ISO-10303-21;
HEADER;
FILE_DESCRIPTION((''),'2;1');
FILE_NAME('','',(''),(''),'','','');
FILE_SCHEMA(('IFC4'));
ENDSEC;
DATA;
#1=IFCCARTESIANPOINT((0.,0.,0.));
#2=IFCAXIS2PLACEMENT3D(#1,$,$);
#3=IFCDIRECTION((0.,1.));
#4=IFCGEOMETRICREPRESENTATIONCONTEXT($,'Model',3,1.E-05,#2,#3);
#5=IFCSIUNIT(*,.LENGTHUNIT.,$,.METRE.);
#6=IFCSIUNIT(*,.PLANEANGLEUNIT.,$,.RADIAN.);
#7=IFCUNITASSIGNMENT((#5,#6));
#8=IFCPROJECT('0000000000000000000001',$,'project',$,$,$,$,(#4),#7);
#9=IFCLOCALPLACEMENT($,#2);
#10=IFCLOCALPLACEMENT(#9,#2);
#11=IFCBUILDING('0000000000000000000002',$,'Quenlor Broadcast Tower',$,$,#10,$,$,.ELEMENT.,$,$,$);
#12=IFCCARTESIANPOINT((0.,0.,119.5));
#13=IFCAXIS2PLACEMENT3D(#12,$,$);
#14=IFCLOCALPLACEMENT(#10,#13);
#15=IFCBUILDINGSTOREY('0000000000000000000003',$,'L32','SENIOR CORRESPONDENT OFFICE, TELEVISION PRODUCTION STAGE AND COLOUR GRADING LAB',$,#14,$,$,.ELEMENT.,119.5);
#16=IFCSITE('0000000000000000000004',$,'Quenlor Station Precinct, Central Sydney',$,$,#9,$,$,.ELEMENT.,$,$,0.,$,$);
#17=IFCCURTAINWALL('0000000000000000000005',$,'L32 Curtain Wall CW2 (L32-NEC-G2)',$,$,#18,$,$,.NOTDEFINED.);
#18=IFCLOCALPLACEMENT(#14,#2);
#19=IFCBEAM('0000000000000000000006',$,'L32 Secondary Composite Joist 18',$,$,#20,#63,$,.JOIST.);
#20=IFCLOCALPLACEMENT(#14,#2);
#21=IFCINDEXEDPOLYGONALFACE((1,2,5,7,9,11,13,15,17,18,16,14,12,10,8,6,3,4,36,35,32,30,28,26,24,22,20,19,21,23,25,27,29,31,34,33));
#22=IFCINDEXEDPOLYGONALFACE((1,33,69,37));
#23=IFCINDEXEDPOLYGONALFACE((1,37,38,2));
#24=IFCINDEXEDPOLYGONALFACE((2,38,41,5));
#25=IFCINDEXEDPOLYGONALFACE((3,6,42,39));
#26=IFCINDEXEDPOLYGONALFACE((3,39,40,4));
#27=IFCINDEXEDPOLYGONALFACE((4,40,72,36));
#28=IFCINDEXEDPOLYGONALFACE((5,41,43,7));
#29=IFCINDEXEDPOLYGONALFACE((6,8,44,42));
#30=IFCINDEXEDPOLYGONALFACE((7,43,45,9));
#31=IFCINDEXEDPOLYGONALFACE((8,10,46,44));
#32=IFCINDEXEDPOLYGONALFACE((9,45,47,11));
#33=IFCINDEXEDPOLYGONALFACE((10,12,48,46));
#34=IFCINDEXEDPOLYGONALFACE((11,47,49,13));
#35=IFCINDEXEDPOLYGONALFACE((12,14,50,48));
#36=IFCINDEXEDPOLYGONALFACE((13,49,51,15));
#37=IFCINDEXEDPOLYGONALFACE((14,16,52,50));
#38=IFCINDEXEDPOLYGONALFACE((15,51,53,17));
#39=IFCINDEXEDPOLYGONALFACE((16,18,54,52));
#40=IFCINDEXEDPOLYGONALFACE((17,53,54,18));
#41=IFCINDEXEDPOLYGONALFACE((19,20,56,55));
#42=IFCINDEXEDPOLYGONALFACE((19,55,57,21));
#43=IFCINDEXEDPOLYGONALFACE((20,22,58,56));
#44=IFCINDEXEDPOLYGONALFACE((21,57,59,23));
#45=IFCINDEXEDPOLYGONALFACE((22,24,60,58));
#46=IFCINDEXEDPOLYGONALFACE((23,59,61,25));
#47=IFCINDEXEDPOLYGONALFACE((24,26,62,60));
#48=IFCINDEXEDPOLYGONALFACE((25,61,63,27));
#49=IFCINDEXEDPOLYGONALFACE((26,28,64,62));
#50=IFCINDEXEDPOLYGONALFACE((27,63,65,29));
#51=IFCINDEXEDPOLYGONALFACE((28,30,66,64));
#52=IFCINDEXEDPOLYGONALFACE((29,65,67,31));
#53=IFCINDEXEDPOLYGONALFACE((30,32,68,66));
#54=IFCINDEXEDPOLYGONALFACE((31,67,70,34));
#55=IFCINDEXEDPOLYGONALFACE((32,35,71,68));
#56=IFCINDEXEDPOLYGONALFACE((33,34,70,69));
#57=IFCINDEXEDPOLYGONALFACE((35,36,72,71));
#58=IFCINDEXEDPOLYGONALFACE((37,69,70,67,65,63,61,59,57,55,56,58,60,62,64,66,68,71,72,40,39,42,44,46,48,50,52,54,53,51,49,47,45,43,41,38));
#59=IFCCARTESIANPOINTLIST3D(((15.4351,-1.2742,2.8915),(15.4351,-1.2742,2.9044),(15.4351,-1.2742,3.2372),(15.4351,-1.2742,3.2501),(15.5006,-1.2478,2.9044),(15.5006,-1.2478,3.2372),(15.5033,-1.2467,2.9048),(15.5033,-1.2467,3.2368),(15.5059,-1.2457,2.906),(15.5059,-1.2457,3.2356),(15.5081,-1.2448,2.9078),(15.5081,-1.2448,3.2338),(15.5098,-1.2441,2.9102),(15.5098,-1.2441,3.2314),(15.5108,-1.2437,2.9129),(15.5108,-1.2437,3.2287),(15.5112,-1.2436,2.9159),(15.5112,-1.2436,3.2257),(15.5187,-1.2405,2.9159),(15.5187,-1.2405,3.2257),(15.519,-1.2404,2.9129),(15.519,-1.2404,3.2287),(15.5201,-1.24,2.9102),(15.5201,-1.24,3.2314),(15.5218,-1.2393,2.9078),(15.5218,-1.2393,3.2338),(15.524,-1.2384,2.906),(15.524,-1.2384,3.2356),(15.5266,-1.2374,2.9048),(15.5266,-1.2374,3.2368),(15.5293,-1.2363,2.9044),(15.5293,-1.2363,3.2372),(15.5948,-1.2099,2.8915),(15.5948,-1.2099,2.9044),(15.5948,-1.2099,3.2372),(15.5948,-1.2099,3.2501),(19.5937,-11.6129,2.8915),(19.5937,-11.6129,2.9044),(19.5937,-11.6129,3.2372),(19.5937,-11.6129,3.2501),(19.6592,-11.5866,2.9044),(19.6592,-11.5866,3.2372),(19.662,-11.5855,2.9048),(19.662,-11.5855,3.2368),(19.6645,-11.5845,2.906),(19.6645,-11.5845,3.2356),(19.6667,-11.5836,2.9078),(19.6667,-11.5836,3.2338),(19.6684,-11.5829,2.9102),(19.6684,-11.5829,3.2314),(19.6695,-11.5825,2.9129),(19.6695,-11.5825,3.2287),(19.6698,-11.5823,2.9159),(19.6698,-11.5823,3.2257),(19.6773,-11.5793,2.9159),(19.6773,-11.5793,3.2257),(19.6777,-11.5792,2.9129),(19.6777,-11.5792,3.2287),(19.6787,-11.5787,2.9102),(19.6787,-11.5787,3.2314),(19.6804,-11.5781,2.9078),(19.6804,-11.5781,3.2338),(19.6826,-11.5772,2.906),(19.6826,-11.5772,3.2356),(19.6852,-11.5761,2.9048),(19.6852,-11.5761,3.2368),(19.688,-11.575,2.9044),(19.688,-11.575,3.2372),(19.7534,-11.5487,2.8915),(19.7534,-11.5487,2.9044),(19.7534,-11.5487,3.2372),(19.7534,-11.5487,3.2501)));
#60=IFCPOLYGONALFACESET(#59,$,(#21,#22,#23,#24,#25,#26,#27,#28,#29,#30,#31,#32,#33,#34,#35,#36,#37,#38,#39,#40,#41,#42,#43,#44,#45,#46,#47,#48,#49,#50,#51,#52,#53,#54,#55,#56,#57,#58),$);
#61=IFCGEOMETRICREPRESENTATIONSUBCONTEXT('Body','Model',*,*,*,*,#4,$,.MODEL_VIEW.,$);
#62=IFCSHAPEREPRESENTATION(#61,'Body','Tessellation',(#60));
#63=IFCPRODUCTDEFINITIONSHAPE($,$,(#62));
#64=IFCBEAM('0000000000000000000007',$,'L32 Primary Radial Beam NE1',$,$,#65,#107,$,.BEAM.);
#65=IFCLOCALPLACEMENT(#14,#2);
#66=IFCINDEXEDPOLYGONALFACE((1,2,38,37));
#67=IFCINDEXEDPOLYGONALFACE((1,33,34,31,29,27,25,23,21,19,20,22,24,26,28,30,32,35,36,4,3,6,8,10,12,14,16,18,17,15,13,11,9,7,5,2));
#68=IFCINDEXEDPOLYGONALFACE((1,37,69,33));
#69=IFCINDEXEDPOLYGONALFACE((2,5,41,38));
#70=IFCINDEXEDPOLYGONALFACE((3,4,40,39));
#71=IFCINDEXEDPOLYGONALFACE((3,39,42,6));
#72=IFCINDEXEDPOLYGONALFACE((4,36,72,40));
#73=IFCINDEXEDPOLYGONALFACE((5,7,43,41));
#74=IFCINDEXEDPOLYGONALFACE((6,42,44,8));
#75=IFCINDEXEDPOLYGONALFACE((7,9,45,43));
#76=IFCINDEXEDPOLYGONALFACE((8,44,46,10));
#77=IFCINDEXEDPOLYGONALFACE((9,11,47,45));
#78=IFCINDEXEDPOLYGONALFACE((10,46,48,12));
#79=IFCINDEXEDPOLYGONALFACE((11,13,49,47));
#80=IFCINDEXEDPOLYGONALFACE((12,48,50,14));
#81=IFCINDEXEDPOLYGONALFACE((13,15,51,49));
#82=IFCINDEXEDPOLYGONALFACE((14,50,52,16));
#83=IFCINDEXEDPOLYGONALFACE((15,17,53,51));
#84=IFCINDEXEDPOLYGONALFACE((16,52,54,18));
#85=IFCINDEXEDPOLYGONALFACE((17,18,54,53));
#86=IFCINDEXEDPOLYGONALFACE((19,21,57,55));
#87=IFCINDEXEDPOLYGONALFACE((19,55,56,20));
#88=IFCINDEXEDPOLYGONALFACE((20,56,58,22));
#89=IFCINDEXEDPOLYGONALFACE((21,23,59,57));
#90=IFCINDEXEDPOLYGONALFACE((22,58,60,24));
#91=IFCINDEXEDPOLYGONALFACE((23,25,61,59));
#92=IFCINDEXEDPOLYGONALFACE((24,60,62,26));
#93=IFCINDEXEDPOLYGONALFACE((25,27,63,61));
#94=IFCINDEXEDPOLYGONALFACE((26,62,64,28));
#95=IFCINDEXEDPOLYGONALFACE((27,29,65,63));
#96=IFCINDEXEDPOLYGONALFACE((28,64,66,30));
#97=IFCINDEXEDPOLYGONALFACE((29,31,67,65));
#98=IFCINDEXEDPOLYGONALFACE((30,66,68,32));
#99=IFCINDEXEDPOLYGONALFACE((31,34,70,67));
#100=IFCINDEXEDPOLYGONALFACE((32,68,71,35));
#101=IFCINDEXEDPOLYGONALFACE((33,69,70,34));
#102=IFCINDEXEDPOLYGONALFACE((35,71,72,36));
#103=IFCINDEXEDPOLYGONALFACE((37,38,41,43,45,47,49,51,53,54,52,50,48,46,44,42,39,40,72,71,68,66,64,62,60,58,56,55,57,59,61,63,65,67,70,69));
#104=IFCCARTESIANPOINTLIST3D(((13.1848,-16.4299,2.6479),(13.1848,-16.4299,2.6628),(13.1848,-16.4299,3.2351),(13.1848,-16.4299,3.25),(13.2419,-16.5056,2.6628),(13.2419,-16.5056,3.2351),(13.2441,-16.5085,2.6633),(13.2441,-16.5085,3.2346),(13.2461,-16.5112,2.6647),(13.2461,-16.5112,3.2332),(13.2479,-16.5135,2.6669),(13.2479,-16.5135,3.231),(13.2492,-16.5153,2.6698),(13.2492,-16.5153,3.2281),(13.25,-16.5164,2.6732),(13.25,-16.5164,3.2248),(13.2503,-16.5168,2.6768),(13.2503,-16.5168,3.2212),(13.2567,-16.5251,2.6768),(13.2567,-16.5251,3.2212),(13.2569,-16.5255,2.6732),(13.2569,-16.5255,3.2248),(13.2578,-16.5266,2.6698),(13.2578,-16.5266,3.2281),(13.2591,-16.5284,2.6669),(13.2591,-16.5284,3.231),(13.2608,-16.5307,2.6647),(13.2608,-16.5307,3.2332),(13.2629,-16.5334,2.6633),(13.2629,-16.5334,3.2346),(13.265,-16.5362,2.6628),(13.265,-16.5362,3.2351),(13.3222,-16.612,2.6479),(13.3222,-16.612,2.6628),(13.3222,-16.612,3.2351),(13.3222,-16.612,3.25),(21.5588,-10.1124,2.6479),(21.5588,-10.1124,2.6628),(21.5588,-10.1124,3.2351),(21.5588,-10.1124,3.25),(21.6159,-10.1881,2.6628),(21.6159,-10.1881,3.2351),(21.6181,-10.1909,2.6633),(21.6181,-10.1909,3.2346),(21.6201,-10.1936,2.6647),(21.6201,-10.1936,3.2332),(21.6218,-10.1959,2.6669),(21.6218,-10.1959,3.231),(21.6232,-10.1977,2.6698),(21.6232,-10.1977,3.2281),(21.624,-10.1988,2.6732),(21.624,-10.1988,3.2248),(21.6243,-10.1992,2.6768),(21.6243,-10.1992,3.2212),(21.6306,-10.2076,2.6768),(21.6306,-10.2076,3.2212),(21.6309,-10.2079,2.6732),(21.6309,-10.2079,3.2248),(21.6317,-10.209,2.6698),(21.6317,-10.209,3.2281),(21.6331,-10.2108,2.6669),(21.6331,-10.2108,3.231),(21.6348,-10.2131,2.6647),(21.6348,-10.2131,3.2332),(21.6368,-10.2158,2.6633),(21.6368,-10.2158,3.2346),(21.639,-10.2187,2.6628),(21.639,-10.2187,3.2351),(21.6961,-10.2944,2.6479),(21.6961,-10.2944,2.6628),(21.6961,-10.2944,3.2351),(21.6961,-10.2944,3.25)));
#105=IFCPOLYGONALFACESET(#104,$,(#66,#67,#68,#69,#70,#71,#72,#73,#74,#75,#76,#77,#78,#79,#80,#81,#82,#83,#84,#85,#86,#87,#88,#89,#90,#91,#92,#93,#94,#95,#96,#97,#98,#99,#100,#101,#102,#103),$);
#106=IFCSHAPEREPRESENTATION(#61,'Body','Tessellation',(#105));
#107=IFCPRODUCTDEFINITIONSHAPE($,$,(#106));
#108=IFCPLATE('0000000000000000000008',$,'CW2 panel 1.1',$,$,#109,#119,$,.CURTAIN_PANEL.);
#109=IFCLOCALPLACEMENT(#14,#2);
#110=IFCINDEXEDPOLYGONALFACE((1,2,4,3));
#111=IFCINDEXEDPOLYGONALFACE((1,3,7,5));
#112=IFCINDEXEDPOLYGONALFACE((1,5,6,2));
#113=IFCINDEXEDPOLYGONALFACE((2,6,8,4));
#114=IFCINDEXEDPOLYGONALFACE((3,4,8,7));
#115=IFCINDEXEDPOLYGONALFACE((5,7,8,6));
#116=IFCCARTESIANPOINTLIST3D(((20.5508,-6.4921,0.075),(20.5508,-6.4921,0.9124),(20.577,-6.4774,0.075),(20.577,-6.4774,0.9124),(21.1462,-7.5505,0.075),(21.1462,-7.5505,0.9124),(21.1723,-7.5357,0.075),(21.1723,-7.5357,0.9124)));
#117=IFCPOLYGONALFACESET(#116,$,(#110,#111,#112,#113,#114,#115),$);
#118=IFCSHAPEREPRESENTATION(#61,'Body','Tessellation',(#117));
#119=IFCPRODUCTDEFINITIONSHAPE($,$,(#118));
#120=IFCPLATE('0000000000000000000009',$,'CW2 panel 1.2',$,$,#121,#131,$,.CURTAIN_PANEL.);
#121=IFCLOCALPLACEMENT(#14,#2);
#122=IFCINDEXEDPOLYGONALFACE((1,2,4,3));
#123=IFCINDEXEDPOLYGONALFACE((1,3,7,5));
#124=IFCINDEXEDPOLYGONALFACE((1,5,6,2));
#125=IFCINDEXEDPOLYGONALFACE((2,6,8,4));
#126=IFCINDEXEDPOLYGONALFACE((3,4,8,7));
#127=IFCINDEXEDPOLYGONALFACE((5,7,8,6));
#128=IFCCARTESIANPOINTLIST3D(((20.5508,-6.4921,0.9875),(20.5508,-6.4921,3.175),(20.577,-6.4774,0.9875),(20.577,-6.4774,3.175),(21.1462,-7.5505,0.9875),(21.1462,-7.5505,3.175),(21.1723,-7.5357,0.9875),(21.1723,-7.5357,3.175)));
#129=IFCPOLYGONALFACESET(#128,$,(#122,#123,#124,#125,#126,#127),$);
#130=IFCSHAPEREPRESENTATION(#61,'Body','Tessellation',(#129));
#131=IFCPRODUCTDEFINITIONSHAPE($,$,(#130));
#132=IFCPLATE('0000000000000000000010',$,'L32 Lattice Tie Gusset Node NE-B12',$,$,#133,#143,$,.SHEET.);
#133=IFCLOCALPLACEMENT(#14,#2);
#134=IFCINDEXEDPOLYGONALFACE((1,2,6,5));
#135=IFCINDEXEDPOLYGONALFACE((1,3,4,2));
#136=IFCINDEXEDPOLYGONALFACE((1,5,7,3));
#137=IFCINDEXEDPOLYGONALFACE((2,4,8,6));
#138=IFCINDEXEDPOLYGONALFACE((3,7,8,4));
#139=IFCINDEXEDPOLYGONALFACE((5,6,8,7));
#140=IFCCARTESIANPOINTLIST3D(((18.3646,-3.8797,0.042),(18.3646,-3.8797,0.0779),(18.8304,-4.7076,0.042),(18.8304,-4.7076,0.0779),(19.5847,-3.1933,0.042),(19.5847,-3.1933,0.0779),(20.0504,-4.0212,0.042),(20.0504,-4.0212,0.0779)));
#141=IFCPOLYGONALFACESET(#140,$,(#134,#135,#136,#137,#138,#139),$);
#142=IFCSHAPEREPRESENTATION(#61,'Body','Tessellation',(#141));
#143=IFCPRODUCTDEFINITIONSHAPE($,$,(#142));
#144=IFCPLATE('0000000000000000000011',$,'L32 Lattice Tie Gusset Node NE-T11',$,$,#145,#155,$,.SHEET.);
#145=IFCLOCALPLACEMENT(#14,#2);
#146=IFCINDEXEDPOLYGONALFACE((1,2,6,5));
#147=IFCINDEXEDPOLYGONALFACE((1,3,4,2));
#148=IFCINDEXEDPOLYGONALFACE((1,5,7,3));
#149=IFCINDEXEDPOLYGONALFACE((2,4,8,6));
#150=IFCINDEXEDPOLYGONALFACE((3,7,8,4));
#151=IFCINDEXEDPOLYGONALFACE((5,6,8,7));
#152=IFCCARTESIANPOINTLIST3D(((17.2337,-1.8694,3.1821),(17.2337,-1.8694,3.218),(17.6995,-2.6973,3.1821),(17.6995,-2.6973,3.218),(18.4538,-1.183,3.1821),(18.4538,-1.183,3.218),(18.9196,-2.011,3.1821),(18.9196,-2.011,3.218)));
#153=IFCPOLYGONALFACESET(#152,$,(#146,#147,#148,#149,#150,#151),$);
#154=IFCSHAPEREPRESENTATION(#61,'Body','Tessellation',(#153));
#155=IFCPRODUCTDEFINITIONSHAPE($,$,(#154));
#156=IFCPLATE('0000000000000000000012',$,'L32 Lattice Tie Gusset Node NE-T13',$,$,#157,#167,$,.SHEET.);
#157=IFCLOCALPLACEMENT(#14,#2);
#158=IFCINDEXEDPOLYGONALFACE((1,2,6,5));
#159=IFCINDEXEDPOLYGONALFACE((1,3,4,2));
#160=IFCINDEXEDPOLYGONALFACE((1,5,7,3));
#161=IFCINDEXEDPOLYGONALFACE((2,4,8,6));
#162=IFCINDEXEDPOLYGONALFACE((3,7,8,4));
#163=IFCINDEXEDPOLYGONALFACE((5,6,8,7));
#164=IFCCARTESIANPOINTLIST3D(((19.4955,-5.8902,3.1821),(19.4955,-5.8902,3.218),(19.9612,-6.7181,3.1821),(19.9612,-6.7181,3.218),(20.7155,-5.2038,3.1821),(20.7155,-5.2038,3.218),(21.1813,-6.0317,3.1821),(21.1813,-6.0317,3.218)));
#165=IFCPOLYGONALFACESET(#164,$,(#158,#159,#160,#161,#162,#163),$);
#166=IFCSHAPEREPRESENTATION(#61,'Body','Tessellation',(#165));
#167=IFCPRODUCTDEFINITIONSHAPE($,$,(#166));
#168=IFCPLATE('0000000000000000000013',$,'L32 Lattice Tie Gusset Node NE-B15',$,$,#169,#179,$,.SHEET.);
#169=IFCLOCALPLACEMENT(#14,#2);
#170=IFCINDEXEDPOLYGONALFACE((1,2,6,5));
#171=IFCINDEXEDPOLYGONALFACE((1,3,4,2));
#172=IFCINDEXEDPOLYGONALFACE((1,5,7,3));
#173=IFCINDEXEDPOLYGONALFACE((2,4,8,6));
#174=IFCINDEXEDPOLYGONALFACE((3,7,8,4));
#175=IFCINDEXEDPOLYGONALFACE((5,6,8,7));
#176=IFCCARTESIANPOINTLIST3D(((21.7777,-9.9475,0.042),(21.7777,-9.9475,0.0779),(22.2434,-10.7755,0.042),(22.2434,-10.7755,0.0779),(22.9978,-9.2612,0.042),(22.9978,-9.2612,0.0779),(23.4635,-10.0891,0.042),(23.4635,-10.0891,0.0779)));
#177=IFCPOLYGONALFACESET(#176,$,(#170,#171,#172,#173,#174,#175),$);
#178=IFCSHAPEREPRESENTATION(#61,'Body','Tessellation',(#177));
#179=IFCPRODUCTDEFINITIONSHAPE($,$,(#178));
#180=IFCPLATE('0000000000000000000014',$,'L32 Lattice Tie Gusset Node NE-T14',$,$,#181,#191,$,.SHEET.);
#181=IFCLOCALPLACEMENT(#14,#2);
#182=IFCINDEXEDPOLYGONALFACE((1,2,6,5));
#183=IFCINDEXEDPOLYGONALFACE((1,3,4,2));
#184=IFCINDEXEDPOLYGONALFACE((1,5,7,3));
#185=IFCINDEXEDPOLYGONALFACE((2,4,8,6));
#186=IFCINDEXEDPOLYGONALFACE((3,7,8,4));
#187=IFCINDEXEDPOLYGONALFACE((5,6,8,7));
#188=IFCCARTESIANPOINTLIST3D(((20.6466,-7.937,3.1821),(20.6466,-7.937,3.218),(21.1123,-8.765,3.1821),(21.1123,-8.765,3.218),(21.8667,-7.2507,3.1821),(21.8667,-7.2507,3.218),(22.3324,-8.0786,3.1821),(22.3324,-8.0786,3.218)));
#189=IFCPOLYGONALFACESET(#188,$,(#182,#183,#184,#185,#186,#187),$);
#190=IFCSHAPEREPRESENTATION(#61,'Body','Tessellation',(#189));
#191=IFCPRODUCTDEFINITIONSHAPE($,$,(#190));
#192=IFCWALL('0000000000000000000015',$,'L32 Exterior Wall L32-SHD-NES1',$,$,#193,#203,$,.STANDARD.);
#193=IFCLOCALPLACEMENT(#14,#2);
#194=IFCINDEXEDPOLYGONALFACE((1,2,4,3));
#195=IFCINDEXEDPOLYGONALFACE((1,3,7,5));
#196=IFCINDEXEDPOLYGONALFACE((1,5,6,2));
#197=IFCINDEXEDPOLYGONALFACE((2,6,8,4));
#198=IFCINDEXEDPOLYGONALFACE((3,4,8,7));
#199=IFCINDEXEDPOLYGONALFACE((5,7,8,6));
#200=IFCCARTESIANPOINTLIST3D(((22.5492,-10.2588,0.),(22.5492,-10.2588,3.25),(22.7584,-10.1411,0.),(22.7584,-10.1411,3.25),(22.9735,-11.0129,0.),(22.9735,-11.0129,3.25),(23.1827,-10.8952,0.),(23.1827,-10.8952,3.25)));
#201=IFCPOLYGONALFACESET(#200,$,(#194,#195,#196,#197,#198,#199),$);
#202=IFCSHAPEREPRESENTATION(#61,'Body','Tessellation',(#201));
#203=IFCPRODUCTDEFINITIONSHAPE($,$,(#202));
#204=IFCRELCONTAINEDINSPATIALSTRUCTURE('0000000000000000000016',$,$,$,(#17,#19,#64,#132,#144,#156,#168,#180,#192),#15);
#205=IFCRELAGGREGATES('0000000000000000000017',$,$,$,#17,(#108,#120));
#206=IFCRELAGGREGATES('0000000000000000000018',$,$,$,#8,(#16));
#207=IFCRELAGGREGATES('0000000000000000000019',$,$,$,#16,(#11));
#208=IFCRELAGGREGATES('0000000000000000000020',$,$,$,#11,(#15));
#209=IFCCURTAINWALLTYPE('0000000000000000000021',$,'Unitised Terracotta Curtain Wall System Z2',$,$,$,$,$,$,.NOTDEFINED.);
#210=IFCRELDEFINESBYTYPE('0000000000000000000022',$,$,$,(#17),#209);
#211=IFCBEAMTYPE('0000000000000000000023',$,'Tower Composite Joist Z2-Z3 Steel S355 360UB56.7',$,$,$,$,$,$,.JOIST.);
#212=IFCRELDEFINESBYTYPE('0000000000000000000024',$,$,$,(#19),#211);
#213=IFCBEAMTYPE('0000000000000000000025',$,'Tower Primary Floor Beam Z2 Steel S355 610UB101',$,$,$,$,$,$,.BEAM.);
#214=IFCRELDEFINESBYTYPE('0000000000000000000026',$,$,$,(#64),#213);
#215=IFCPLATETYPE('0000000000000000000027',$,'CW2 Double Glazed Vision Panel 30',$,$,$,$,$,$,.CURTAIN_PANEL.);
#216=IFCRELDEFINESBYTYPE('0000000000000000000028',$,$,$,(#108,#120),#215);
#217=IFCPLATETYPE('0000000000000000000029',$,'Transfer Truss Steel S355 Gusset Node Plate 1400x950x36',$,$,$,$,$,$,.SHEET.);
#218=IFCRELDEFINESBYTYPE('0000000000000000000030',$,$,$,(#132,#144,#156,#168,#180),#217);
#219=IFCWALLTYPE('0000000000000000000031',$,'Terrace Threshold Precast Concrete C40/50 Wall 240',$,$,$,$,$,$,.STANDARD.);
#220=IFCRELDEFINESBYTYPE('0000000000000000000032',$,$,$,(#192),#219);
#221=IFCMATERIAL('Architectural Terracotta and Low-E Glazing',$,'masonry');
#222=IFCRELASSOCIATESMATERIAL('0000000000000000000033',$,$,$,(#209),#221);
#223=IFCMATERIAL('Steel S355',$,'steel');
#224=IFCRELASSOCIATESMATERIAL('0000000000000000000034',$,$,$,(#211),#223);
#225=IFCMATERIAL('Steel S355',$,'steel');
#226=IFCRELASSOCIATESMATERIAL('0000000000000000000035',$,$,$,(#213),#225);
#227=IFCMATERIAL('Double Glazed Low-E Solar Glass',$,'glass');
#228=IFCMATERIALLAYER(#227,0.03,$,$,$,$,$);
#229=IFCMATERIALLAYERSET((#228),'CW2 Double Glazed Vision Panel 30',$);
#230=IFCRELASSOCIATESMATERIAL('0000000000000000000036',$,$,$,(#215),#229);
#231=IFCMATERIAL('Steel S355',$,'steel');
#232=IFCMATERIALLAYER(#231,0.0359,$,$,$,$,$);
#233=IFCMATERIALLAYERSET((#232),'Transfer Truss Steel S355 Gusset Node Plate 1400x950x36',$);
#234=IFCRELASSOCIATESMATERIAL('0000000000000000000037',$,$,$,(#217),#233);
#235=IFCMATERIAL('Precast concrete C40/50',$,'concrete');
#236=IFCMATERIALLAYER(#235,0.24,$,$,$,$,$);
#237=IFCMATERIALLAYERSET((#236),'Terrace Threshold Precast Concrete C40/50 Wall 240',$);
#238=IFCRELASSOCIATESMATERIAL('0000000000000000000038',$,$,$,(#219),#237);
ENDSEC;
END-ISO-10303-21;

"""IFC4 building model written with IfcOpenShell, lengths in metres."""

from ifc_helpers import new_model, si_unit, direction, frame, frame_2d, origin, origin_2d, place, context, subcontext, project, spatial, rectangle, i_section, extrude, material, layer, layer_set, material_profile, profile_set, type_object, element, aggregate, save


model = new_model("IFC4")

# Units and contexts
model_context = context("Model", 3, precision=1e-05, world=origin(), true_north=direction((0.0, 1.0)))
body_context = subcontext(model_context, "Body", "Model", "MODEL_VIEW")
ifc_project = project(units=[si_unit("LENGTHUNIT", "METRE"), si_unit("PLANEANGLEUNIT", "RADIAN")], contexts=[model_context])

# Site, building, storey
site_placement = place(None, origin())
site = spatial("IfcSite", under=ifc_project, at=site_placement, Name="Quenlor Station Precinct, Central Sydney", CompositionType="ELEMENT", RefElevation=0.0)
building_placement = place(site_placement, origin())
building = spatial("IfcBuilding", under=site, at=building_placement, Name="Quenlor Broadcast Tower", CompositionType="ELEMENT")
storey_placement = place(building_placement, frame((0.0, 0.0, 119.5)))
storey = spatial("IfcBuildingStorey", under=building, at=storey_placement, Name="L32", Description="SENIOR CORRESPONDENT OFFICE, TELEVISION PRODUCTION STAGE AND COLOUR GRADING LAB", CompositionType="ELEMENT", Elevation=119.5)

# Shared definitions
ifc_material_1 = material(Name="Architectural Terracotta and Low-E Glazing", Category="masonry")
curtain_wall_type = type_object("IfcCurtainWallType", Name="Unitised Terracotta Curtain Wall System Z2", PredefinedType="NOTDEFINED", material=ifc_material_1)

# Curtain wall
curtain_wall_1_placement = place(storey_placement, origin())
curtain_wall_1 = element("IfcCurtainWall", 1, at=curtain_wall_1_placement, inside=storey, type_object=curtain_wall_type, Name="L32 Curtain Wall CW2 (L32-NEC-G2)", PredefinedType="NOTDEFINED")

# Beams
ifc_material_2 = material(Name="Steel S355", Category="steel")
ifc_material_profile_1 = material_profile(ifc_material_2, i_section(OverallWidth=0.1721, OverallDepth=0.3586, WebThickness=0.0081, FlangeThickness=0.0129, FilletRadius=0.0115, at=origin_2d()))
ifc_profile_set_1 = profile_set([ifc_material_profile_1], Name="Steel S355 360UB56.7")
beam_type_1 = type_object("IfcBeamType", Name="Tower Composite Joist Z2-Z3 Steel S355 360UB56.7", PredefinedType="JOIST", material=ifc_profile_set_1)
beam_1_placement = place(storey_placement, frame((19.6736, -11.5808, 3.0708), z_axis=(-0.37318, 0.927759, 0.0), x_axis=(-0.927759, -0.37318, 0.0)))
element("IfcBeam", 2, at=beam_1_placement, inside=storey, type_object=beam_type_1, Name="L32 Secondary Composite Joist 18", PredefinedType="JOIST", context=body_context, shape_type="SweptSolid", body=[
    extrude(i_section(OverallWidth=0.1721, OverallDepth=0.3586, WebThickness=0.0081, FlangeThickness=0.0129, FilletRadius=0.0115, at=origin_2d()), origin(), (0.0, 0.0, 1.0), 11.1438),
])
ifc_material_3 = material(Name="Steel S355", Category="steel")
ifc_material_profile_2 = material_profile(ifc_material_3, i_section(OverallWidth=0.228, OverallDepth=0.6021, WebThickness=0.0105, FlangeThickness=0.0149, FilletRadius=0.0139, at=origin_2d()))
ifc_profile_set_2 = profile_set([ifc_material_profile_2], Name="Steel S355 610UB101")
beam_type_2 = type_object("IfcBeamType", Name="Tower Primary Floor Beam Z2 Steel S355 610UB101", PredefinedType="BEAM", material=ifc_profile_set_2)
beam_2_placement = place(storey_placement, frame((21.6274, -10.2034, 2.949), z_axis=(-0.798299, -0.602262, 0.0), x_axis=(0.602262, -0.798299, 0.0)))
element("IfcBeam", 3, at=beam_2_placement, inside=storey, type_object=beam_type_2, Name="L32 Primary Radial Beam NE1", PredefinedType="BEAM", context=body_context, shape_type="SweptSolid", body=[
    extrude(i_section(OverallWidth=0.228, OverallDepth=0.6021, WebThickness=0.0105, FlangeThickness=0.0149, FilletRadius=0.0139, at=origin_2d()), origin(), (0.0, 0.0, 1.0), 10.4897),
])

# Plates
ifc_material_4 = material(Name="Double Glazed Low-E Solar Glass", Category="glass")
ifc_layer_1 = layer(ifc_material_4, 0.03)
ifc_layer_set_1 = layer_set([ifc_layer_1], Name="CW2 Double Glazed Vision Panel 30")
plate_type_1 = type_object("IfcPlateType", Name="CW2 Double Glazed Vision Panel 30", PredefinedType="CURTAIN_PANEL", material=ifc_layer_set_1)
plate_1_placement = place(storey_placement, frame((20.8616, -7.0139, 0.075), z_axis=(0.0, 0.0, 1.0), x_axis=(0.490279, -0.871566, 0.0)))
plate_1 = element("IfcPlate", 4, at=plate_1_placement, type_object=plate_type_1, Name="CW2 panel 1.1", PredefinedType="CURTAIN_PANEL", context=body_context, shape_type="SweptSolid", body=[
    extrude(rectangle(XDim=1.2144, YDim=0.03, at=origin_2d()), origin(), (0.0, 0.0, 1.0), 0.8374),
])
plate_2_placement = place(storey_placement, frame((20.8616, -7.0139, 0.9875), z_axis=(0.0, 0.0, 1.0), x_axis=(0.490279, -0.871566, 0.0)))
plate_2 = element("IfcPlate", 5, at=plate_2_placement, type_object=plate_type_1, Name="CW2 panel 1.2", PredefinedType="CURTAIN_PANEL", context=body_context, shape_type="SweptSolid", body=[
    extrude(rectangle(XDim=1.2144, YDim=0.03, at=origin_2d()), origin(), (0.0, 0.0, 1.0), 2.1875),
])
aggregate(curtain_wall_1, [plate_1, plate_2])

# Plates
ifc_material_5 = material(Name="Steel S355", Category="steel")
ifc_layer_2 = layer(ifc_material_5, 0.0359)
ifc_layer_set_2 = layer_set([ifc_layer_2], Name="Transfer Truss Steel S355 Gusset Node Plate 1400x950x36")
plate_type_2 = type_object("IfcPlateType", Name="Transfer Truss Steel S355 Gusset Node Plate 1400x950x36", PredefinedType="SHEET", material=ifc_layer_set_2)
for number, where, z_axis, x_axis, name in (
    (6, (19.2075, -3.9504, 0.042), (0.0, 0.0, 1.0), (0.871556, 0.490295, 0.0), "L32 Lattice Tie Gusset Node NE-B12"),
    (7, (18.0767, -1.9402, 3.1821), (0.0, 0.0, 1.0), (0.871556, 0.490295, 0.0), "L32 Lattice Tie Gusset Node NE-T11"),
    (8, (20.3384, -5.9609, 3.1821), (0.0, 0.0, 1.0), (0.871556, 0.490295, 0.0), "L32 Lattice Tie Gusset Node NE-T13"),
    (9, (22.6206, -10.0183, 0.042), (0.0, 0.0, 1.0), (0.871556, 0.490295, 0.0), "L32 Lattice Tie Gusset Node NE-B15"),
    (10, (21.4895, -8.0078, 3.1821), (0.0, 0.0, 1.0), (0.871556, 0.490295, 0.0), "L32 Lattice Tie Gusset Node NE-T14"),
):
    element("IfcPlate", number, at=place(storey_placement, frame(where, z_axis=z_axis, x_axis=x_axis)), inside=storey, type_object=plate_type_2, Name=name, PredefinedType="SHEET", context=body_context, shape_type="SweptSolid", body=[
        extrude(rectangle(XDim=1.3999, YDim=0.95, at=origin_2d()), origin(), (0.0, 0.0, 1.0), 0.0359),
    ])

# Wall
ifc_material_6 = material(Name="Precast concrete C40/50", Category="concrete")
ifc_layer_3 = layer(ifc_material_6, 0.24)
ifc_layer_set_3 = layer_set([ifc_layer_3], Name="Terrace Threshold Precast Concrete C40/50 Wall 240")
wall_type_1 = type_object("IfcWallType", Name="Terrace Threshold Precast Concrete C40/50 Wall 240", PredefinedType="STANDARD", material=ifc_layer_set_3)
wall_1_placement = place(storey_placement, frame((22.6538, -10.2, 0.0), z_axis=(0.0, 0.0, 1.0), x_axis=(0.490355, -0.871523, 0.0)))
element("IfcWall", 11, at=wall_1_placement, inside=storey, type_object=wall_type_1, Name="L32 Exterior Wall L32-SHD-NES1", PredefinedType="STANDARD", context=body_context, shape_type="SweptSolid", body=[
    extrude(rectangle(XDim=0.8652, YDim=0.24, at=frame_2d((0.4326, 0.0))), origin(), (0.0, 0.0, 1.0), 3.25),
])

save(model, "model.ifc")
